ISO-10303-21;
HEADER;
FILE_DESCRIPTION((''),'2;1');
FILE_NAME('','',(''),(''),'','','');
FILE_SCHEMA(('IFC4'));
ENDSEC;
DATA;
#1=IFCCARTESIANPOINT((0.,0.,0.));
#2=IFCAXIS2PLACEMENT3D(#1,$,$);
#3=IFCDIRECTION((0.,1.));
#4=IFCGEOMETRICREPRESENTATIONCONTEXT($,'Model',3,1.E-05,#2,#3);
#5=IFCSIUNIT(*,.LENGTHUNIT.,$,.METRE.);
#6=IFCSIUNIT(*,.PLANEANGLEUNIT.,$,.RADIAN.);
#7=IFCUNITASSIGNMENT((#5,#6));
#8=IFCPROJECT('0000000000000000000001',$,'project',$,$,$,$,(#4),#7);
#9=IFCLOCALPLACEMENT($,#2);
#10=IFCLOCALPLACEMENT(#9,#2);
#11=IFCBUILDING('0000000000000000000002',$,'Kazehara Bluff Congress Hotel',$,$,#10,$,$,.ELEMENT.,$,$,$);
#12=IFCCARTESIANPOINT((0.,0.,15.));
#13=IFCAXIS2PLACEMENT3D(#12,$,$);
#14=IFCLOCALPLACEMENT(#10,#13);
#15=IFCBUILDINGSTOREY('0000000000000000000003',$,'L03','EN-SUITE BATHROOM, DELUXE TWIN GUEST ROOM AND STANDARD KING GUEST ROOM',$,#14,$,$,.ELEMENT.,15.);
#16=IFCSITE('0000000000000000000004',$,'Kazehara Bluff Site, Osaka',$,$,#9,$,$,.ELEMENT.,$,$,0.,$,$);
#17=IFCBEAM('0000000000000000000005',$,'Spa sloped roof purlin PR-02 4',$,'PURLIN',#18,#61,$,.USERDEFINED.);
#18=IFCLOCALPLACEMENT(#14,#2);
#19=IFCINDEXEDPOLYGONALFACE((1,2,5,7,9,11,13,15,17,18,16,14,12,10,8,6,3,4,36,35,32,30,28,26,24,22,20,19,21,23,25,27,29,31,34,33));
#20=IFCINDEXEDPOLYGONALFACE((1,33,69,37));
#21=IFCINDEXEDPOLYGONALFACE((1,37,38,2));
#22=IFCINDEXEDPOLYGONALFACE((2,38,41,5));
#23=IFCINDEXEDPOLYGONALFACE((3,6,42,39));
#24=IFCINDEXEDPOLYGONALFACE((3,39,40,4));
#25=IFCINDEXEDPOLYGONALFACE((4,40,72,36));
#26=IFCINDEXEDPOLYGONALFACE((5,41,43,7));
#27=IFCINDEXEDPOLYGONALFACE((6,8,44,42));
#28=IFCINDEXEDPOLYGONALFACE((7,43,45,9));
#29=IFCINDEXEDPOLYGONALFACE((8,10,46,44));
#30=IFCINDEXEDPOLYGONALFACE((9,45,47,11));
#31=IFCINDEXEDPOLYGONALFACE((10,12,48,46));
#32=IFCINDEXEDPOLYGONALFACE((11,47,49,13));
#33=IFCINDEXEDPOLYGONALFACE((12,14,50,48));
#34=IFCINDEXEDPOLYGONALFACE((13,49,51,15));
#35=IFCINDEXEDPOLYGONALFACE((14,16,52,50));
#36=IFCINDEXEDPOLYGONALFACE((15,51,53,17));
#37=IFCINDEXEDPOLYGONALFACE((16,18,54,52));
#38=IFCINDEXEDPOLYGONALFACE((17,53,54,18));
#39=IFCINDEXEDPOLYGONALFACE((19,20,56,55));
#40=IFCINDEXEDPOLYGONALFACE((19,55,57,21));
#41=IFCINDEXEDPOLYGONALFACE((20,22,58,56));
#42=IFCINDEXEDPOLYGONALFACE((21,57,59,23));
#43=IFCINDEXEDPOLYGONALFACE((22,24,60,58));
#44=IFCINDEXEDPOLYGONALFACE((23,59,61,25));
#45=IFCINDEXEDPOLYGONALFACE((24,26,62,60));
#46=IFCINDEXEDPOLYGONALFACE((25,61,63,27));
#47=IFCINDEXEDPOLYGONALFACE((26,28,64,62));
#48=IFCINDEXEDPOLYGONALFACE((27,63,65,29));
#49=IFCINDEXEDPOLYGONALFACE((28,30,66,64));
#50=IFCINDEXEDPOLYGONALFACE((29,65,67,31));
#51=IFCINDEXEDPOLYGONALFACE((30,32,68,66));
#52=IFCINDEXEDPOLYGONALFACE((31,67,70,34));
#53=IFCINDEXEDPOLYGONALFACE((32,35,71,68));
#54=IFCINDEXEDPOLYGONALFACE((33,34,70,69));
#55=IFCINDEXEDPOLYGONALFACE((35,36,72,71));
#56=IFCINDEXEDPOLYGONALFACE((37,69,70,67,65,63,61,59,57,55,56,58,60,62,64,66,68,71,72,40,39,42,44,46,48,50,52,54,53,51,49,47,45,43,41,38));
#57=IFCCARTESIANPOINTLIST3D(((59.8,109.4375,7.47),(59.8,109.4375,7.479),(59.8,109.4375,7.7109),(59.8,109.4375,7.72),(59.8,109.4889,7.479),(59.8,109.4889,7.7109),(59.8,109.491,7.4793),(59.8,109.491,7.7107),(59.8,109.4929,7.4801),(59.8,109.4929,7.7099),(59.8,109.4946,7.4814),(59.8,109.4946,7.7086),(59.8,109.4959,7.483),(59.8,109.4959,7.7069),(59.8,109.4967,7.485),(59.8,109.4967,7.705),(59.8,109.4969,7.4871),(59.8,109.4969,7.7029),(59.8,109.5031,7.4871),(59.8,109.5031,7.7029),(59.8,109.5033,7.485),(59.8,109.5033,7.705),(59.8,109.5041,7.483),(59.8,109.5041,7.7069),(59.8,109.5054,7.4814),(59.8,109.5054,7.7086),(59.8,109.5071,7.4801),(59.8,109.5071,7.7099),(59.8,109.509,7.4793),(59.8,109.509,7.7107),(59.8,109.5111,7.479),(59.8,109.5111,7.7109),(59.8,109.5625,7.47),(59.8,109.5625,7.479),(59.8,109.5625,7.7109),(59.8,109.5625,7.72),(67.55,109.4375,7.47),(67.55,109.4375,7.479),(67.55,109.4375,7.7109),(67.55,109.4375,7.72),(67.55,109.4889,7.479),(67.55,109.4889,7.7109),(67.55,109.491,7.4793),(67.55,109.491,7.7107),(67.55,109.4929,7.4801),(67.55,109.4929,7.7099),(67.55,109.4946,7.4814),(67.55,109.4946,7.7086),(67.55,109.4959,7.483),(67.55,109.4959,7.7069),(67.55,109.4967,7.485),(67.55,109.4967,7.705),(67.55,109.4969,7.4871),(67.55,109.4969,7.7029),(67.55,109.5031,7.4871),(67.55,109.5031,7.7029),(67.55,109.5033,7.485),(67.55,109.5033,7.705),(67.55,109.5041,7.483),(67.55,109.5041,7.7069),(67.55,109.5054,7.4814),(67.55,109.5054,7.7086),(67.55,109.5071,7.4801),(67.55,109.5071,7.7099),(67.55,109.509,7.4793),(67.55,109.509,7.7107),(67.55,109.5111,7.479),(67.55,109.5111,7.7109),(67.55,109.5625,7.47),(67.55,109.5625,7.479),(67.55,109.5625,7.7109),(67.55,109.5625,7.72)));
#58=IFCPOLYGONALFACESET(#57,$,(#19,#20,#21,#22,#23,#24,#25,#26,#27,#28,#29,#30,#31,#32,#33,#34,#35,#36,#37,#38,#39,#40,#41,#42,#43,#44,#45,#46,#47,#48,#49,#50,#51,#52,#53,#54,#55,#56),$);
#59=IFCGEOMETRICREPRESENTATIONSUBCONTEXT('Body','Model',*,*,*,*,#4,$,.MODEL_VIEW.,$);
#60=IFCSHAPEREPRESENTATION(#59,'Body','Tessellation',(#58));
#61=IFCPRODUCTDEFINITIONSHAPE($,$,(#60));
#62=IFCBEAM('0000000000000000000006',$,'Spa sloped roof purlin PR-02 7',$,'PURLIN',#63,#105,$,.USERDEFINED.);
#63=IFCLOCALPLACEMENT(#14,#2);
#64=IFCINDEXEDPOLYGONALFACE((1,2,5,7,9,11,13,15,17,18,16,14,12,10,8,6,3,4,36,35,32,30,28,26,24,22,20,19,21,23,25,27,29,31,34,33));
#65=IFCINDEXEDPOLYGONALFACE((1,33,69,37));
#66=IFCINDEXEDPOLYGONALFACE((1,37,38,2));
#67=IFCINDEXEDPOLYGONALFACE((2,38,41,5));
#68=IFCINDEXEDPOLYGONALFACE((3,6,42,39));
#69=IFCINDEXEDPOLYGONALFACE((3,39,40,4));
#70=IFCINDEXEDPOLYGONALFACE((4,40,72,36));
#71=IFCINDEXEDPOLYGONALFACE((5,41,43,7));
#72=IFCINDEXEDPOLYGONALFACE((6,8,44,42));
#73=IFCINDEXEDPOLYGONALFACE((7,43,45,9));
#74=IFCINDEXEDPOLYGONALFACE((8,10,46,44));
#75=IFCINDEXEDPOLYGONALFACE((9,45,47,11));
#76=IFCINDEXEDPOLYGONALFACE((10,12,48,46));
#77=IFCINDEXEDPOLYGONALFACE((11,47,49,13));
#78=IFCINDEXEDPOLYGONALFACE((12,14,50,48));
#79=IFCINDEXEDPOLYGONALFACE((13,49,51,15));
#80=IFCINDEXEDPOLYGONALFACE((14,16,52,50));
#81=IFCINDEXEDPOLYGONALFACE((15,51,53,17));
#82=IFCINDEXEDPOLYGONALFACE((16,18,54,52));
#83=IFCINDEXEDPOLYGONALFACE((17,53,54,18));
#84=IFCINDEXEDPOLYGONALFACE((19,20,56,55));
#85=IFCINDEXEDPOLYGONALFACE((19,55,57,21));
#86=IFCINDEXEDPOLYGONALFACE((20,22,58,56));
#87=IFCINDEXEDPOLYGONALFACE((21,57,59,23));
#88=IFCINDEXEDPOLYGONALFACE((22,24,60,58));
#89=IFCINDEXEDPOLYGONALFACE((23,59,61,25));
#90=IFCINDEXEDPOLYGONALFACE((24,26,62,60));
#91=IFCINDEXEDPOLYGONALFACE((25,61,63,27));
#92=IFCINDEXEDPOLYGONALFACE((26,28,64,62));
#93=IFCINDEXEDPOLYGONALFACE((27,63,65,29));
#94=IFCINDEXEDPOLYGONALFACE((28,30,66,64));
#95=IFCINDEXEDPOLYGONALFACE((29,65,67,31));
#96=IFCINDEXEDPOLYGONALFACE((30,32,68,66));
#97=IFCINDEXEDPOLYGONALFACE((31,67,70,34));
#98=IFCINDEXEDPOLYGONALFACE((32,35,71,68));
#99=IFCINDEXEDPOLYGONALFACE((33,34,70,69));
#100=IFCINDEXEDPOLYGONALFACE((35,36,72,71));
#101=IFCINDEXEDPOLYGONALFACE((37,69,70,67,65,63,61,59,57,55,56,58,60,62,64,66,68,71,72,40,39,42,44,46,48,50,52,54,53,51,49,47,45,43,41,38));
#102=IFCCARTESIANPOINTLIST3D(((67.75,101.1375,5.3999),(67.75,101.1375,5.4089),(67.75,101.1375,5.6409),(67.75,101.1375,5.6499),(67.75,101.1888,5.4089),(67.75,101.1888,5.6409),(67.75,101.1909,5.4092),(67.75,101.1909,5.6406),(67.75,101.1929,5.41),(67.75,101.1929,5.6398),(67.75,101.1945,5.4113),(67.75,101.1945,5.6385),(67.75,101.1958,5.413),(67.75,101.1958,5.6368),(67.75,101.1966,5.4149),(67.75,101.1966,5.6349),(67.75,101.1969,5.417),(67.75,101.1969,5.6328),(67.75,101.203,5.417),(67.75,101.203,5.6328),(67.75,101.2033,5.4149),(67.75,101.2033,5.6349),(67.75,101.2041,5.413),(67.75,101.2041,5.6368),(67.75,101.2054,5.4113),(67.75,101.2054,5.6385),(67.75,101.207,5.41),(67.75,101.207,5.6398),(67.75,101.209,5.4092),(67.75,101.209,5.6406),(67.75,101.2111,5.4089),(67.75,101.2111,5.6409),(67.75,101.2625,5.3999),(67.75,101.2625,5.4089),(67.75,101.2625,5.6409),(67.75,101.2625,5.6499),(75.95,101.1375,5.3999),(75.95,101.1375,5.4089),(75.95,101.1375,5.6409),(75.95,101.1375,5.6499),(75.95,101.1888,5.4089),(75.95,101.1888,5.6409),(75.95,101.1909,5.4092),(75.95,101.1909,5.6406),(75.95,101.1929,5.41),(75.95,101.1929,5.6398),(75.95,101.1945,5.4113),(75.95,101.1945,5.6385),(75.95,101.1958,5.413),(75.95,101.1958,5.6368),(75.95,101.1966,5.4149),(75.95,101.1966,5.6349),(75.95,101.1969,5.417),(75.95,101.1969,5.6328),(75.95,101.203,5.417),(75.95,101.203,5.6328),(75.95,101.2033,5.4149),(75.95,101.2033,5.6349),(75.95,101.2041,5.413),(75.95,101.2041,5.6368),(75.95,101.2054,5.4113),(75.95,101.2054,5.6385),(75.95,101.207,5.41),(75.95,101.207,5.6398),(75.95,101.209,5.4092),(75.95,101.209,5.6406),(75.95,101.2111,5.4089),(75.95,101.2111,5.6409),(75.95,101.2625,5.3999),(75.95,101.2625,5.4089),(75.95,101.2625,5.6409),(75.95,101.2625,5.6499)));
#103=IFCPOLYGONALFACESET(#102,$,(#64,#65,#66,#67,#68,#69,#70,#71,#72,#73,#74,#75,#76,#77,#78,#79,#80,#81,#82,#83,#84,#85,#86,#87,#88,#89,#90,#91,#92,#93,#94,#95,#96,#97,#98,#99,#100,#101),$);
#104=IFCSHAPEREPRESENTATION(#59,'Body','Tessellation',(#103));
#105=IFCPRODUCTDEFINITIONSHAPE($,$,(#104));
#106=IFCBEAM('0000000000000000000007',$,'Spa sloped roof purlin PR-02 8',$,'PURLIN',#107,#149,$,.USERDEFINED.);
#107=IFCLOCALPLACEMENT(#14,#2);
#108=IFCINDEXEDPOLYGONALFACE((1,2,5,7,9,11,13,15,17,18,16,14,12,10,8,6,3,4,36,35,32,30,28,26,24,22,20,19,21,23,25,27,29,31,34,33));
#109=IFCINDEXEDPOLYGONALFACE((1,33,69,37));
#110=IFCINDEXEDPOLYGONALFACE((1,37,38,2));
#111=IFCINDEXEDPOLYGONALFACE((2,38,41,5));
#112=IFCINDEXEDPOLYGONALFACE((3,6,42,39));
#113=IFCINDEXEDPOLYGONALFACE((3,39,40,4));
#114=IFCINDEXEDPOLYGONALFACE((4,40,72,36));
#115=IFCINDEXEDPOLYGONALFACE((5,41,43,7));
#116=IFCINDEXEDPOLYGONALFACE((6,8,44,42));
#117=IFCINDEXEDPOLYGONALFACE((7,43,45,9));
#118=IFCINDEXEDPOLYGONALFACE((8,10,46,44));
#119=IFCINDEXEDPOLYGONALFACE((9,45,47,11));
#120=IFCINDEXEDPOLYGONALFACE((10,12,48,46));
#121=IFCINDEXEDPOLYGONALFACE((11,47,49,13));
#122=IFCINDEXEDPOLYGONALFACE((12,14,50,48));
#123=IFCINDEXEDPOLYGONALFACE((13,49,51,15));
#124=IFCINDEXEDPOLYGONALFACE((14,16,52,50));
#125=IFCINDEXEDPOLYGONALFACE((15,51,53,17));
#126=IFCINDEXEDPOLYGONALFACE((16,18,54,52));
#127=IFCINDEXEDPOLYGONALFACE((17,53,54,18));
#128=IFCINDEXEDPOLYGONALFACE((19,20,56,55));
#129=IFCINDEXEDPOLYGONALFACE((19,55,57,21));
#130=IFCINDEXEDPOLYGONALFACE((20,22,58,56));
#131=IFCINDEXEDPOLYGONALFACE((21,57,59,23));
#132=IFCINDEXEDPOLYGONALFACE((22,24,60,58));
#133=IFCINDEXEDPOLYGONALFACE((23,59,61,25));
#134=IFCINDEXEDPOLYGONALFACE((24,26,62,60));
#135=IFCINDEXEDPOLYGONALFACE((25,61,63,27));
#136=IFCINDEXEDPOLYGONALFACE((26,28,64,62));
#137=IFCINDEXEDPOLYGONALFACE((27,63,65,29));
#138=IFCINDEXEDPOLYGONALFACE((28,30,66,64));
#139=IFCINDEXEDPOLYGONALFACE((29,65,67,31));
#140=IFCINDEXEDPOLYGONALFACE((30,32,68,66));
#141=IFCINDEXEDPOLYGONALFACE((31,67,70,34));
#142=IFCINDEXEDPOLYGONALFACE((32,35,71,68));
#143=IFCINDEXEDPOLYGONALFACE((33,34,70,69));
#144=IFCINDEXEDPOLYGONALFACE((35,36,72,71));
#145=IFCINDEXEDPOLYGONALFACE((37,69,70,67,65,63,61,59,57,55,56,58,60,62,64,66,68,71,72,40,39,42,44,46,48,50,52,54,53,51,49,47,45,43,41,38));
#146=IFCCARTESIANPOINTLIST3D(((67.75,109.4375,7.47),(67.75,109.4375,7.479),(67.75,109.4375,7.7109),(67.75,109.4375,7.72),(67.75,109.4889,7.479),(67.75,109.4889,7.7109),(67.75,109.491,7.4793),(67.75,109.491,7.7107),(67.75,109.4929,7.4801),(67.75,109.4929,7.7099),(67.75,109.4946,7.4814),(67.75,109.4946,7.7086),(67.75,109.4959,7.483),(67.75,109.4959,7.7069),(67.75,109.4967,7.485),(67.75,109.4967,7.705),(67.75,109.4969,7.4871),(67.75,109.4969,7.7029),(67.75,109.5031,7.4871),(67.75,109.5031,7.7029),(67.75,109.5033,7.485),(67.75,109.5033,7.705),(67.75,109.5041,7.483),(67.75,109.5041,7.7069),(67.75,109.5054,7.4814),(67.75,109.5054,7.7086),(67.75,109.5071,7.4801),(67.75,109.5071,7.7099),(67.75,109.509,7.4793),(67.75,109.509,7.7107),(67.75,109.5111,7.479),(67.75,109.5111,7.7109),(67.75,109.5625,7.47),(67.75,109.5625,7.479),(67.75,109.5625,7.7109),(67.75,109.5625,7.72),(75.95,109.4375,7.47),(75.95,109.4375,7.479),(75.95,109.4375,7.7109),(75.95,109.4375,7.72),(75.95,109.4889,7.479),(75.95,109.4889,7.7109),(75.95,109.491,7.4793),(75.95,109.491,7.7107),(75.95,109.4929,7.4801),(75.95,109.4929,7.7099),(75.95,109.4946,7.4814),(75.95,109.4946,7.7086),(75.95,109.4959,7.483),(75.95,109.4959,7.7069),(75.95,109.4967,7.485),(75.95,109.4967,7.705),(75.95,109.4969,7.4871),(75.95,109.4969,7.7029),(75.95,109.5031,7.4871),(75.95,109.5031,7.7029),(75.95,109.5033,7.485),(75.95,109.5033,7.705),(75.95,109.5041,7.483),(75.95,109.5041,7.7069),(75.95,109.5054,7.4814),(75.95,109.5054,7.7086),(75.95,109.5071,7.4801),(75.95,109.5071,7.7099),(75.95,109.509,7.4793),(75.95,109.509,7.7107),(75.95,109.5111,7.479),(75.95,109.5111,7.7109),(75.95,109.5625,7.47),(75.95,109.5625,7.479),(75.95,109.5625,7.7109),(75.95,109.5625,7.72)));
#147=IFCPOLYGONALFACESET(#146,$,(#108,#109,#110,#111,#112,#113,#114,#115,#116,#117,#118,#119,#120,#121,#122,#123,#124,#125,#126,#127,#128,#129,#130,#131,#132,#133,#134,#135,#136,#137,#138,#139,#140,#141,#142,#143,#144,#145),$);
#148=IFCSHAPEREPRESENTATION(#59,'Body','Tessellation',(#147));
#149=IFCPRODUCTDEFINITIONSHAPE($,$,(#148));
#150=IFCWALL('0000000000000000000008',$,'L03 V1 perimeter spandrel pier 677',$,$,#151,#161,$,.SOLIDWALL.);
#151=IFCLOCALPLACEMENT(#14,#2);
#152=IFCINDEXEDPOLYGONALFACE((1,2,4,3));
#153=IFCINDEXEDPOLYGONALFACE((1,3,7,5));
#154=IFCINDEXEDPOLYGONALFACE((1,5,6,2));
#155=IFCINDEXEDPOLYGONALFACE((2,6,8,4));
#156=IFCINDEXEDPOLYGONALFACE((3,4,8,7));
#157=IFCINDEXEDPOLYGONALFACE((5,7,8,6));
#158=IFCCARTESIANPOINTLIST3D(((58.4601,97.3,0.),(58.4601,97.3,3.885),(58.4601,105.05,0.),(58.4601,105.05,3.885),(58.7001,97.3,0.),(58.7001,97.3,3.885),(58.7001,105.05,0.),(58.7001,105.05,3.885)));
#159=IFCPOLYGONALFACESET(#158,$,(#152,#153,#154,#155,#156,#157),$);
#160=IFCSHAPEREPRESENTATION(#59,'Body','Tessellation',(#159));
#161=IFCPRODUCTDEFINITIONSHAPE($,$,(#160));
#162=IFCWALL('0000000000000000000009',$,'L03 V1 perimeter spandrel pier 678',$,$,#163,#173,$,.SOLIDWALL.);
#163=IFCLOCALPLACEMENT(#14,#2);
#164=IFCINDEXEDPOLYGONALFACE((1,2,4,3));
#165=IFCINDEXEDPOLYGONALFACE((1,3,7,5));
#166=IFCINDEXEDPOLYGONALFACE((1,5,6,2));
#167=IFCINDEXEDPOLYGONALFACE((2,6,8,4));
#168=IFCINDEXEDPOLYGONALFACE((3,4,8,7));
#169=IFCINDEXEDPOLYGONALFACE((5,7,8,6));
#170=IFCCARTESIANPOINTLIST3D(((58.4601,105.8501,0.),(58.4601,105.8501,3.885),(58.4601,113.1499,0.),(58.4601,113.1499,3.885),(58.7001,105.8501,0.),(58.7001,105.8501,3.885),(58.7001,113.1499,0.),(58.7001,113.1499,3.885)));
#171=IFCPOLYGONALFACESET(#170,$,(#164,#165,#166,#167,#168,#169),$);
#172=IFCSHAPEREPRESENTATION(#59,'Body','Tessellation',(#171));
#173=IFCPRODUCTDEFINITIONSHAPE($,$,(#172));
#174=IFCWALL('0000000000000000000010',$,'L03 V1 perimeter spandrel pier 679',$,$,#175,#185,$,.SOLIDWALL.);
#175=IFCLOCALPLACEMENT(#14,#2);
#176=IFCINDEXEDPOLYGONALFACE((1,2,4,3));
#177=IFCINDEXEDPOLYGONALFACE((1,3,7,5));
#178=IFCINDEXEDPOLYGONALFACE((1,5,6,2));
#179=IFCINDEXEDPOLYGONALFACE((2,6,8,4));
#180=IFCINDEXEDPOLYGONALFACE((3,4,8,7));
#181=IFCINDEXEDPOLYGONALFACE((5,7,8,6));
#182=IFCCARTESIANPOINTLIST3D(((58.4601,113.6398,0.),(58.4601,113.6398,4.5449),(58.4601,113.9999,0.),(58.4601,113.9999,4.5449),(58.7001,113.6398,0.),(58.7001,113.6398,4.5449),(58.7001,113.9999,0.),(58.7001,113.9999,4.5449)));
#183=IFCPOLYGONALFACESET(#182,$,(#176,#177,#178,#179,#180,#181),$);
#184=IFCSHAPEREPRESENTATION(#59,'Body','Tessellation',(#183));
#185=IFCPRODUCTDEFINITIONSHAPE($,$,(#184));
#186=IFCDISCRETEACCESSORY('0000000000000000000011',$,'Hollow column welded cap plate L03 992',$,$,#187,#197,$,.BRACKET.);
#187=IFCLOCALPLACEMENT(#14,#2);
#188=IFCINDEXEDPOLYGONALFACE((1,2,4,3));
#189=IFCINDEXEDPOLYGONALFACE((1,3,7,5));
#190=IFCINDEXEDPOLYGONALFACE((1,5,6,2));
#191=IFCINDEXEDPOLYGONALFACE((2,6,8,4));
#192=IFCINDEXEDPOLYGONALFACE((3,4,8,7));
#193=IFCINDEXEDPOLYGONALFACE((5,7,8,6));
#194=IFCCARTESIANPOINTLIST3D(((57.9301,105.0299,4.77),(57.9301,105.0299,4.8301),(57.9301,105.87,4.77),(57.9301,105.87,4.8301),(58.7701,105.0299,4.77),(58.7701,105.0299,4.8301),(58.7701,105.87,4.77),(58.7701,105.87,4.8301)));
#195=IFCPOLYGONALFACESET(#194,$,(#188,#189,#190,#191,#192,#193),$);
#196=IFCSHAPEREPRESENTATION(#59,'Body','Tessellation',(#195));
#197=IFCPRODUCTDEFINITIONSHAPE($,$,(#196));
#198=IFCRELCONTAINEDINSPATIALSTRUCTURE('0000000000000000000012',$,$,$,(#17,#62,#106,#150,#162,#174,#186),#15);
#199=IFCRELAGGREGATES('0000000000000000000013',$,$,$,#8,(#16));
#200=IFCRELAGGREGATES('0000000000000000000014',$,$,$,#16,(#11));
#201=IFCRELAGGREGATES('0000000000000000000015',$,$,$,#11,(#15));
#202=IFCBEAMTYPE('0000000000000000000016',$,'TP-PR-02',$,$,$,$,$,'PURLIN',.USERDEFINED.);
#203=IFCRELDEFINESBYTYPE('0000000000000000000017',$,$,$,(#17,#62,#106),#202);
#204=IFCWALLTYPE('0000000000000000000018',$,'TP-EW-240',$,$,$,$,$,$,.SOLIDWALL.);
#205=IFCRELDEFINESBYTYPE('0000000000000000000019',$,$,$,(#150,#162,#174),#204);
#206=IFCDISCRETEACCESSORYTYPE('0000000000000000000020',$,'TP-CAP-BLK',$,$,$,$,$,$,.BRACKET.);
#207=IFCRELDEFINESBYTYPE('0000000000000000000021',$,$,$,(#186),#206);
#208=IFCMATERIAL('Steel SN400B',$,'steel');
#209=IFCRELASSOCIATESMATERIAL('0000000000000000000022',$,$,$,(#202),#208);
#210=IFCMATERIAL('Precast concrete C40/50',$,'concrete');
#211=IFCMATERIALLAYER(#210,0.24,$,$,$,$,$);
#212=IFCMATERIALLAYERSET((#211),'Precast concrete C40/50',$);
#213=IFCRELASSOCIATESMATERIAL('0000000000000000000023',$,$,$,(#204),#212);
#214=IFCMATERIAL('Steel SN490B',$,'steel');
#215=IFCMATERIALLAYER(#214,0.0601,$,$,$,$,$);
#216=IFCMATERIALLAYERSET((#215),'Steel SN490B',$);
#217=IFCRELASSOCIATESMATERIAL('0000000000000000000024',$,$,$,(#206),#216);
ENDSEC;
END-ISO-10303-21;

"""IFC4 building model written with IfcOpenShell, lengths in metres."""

from ifc_helpers import new_model, si_unit, direction, frame, frame_2d, origin, origin_2d, place, context, subcontext, project, spatial, rectangle, i_section, extrude, material, layer, layer_set, material_profile, profile_set, type_object, element, save


model = new_model("IFC4")

# Units and contexts
model_context = context("Model", 3, precision=1e-05, world=origin(), true_north=direction((0.0, 1.0)))
body_context = subcontext(model_context, "Body", "Model", "MODEL_VIEW")
ifc_project = project(units=[si_unit("LENGTHUNIT", "METRE"), si_unit("PLANEANGLEUNIT", "RADIAN")], contexts=[model_context])

# Site, building, storey
site_placement = place(None, origin())
site = spatial("IfcSite", under=ifc_project, at=site_placement, Name="Kazehara Bluff Site, Osaka", CompositionType="ELEMENT", RefElevation=0.0)
building_placement = place(site_placement, origin())
building = spatial("IfcBuilding", under=site, at=building_placement, Name="Kazehara Bluff Congress Hotel", CompositionType="ELEMENT")
storey_placement = place(building_placement, frame((0.0, 0.0, 15.0)))
storey = spatial("IfcBuildingStorey", under=building, at=storey_placement, Name="L03", Description="EN-SUITE BATHROOM, DELUXE TWIN GUEST ROOM AND STANDARD KING GUEST ROOM", CompositionType="ELEMENT", Elevation=15.0)

# Beams
ifc_material_1 = material(Name="Steel SN400B", Category="steel")
ifc_material_profile_1 = material_profile(ifc_material_1, i_section(OverallWidth=0.125, OverallDepth=0.25, WebThickness=0.0061, FlangeThickness=0.009, FilletRadius=0.0081, at=origin_2d()))
ifc_profile_set_1 = profile_set([ifc_material_profile_1], Name="Steel SN400B")
beam_type_1 = type_object("IfcBeamType", Name="TP-PR-02", ElementType="PURLIN", PredefinedType="USERDEFINED", material=ifc_profile_set_1)
for number, where, z_axis, x_axis, name in (
    (1, (59.8, 109.5, 7.595), (1.0, 0.0, 0.0), (0.0, 1.0, 0.0), "Spa sloped roof purlin PR-02 4"),
):
    element("IfcBeam", number, at=place(storey_placement, frame(where, z_axis=z_axis, x_axis=x_axis)), inside=storey, type_object=beam_type_1, Name=name, ObjectType="PURLIN", PredefinedType="USERDEFINED", context=body_context, shape_type="SweptSolid", body=[
        extrude(i_section(OverallWidth=0.125, OverallDepth=0.25, WebThickness=0.0061, FlangeThickness=0.009, FilletRadius=0.0081, at=origin_2d()), origin(), (0.0, 0.0, 1.0), 7.75),
    ])
for number, where, z_axis, x_axis, name in (
    (2, (67.75, 101.2, 5.5249), (1.0, 0.0, 0.0), (0.0, 1.0, 0.0), "Spa sloped roof purlin PR-02 7"),
    (3, (67.75, 109.5, 7.595), (1.0, 0.0, 0.0), (0.0, 1.0, 0.0), "Spa sloped roof purlin PR-02 8"),
):
    element("IfcBeam", number, at=place(storey_placement, frame(where, z_axis=z_axis, x_axis=x_axis)), inside=storey, type_object=beam_type_1, Name=name, ObjectType="PURLIN", PredefinedType="USERDEFINED", context=body_context, shape_type="SweptSolid", body=[
        extrude(i_section(OverallWidth=0.125, OverallDepth=0.25, WebThickness=0.0061, FlangeThickness=0.009, FilletRadius=0.0081, at=origin_2d()), origin(), (0.0, 0.0, 1.0), 8.2),
    ])

# Walls
ifc_material_2 = material(Name="Precast concrete C40/50", Category="concrete")
ifc_layer_1 = layer(ifc_material_2, 0.24)
ifc_layer_set_1 = layer_set([ifc_layer_1], Name="Precast concrete C40/50")
wall_type = type_object("IfcWallType", Name="TP-EW-240", PredefinedType="SOLIDWALL", material=ifc_layer_set_1)
wall_1_placement = place(storey_placement, frame((58.5801, 105.05, 0.0), z_axis=(0.0, 0.0, 1.0), x_axis=(0.0, -1.0, 0.0)))
element("IfcWall", 4, at=wall_1_placement, inside=storey, type_object=wall_type, Name="L03 V1 perimeter spandrel pier 677", PredefinedType="SOLIDWALL", context=body_context, shape_type="SweptSolid", body=[
    extrude(rectangle(XDim=7.75, YDim=0.24, at=frame_2d((3.875, 0.0))), origin(), (0.0, 0.0, 1.0), 3.885),
])
wall_2_placement = place(storey_placement, frame((58.5801, 113.1499, 0.0), z_axis=(0.0, 0.0, 1.0), x_axis=(0.0, -1.0, 0.0)))
element("IfcWall", 5, at=wall_2_placement, inside=storey, type_object=wall_type, Name="L03 V1 perimeter spandrel pier 678", PredefinedType="SOLIDWALL", context=body_context, shape_type="SweptSolid", body=[
    extrude(rectangle(XDim=7.2998, YDim=0.24, at=frame_2d((3.6499, 0.0))), origin(), (0.0, 0.0, 1.0), 3.885),
])
wall_3_placement = place(storey_placement, frame((58.5801, 114.0, 0.0), z_axis=(0.0, 0.0, 1.0), x_axis=(0.0, -1.0, 0.0)))
element("IfcWall", 6, at=wall_3_placement, inside=storey, type_object=wall_type, Name="L03 V1 perimeter spandrel pier 679", PredefinedType="SOLIDWALL", context=body_context, shape_type="SweptSolid", body=[
    extrude(rectangle(XDim=0.3601, YDim=0.24, at=frame_2d((0.1802, 0.0))), origin(), (0.0, 0.0, 1.0), 4.5449),
])

# Discrete accessory
ifc_material_3 = material(Name="Steel SN490B", Category="steel")
ifc_layer_2 = layer(ifc_material_3, 0.0601)
ifc_layer_set_2 = layer_set([ifc_layer_2], Name="Steel SN490B")
discrete_accessory_type = type_object("IfcDiscreteAccessoryType", Name="TP-CAP-BLK", PredefinedType="BRACKET", material=ifc_layer_set_2)
for number, where, z_axis, x_axis, name in (
    (7, (58.3501, 105.45, 4.77), (0.0, 0.0, 1.0), (1.0, 0.0, 0.0), "Hollow column welded cap plate L03 992"),
):
    element("IfcDiscreteAccessory", number, at=place(storey_placement, frame(where, z_axis=z_axis, x_axis=x_axis)), inside=storey, type_object=discrete_accessory_type, Name=name, PredefinedType="BRACKET", context=body_context, shape_type="SweptSolid", body=[
        extrude(rectangle(XDim=0.8401, YDim=0.8401, at=origin_2d()), origin(), (0.0, 0.0, 1.0), 0.0601),
    ])

save(model, "model.ifc")
